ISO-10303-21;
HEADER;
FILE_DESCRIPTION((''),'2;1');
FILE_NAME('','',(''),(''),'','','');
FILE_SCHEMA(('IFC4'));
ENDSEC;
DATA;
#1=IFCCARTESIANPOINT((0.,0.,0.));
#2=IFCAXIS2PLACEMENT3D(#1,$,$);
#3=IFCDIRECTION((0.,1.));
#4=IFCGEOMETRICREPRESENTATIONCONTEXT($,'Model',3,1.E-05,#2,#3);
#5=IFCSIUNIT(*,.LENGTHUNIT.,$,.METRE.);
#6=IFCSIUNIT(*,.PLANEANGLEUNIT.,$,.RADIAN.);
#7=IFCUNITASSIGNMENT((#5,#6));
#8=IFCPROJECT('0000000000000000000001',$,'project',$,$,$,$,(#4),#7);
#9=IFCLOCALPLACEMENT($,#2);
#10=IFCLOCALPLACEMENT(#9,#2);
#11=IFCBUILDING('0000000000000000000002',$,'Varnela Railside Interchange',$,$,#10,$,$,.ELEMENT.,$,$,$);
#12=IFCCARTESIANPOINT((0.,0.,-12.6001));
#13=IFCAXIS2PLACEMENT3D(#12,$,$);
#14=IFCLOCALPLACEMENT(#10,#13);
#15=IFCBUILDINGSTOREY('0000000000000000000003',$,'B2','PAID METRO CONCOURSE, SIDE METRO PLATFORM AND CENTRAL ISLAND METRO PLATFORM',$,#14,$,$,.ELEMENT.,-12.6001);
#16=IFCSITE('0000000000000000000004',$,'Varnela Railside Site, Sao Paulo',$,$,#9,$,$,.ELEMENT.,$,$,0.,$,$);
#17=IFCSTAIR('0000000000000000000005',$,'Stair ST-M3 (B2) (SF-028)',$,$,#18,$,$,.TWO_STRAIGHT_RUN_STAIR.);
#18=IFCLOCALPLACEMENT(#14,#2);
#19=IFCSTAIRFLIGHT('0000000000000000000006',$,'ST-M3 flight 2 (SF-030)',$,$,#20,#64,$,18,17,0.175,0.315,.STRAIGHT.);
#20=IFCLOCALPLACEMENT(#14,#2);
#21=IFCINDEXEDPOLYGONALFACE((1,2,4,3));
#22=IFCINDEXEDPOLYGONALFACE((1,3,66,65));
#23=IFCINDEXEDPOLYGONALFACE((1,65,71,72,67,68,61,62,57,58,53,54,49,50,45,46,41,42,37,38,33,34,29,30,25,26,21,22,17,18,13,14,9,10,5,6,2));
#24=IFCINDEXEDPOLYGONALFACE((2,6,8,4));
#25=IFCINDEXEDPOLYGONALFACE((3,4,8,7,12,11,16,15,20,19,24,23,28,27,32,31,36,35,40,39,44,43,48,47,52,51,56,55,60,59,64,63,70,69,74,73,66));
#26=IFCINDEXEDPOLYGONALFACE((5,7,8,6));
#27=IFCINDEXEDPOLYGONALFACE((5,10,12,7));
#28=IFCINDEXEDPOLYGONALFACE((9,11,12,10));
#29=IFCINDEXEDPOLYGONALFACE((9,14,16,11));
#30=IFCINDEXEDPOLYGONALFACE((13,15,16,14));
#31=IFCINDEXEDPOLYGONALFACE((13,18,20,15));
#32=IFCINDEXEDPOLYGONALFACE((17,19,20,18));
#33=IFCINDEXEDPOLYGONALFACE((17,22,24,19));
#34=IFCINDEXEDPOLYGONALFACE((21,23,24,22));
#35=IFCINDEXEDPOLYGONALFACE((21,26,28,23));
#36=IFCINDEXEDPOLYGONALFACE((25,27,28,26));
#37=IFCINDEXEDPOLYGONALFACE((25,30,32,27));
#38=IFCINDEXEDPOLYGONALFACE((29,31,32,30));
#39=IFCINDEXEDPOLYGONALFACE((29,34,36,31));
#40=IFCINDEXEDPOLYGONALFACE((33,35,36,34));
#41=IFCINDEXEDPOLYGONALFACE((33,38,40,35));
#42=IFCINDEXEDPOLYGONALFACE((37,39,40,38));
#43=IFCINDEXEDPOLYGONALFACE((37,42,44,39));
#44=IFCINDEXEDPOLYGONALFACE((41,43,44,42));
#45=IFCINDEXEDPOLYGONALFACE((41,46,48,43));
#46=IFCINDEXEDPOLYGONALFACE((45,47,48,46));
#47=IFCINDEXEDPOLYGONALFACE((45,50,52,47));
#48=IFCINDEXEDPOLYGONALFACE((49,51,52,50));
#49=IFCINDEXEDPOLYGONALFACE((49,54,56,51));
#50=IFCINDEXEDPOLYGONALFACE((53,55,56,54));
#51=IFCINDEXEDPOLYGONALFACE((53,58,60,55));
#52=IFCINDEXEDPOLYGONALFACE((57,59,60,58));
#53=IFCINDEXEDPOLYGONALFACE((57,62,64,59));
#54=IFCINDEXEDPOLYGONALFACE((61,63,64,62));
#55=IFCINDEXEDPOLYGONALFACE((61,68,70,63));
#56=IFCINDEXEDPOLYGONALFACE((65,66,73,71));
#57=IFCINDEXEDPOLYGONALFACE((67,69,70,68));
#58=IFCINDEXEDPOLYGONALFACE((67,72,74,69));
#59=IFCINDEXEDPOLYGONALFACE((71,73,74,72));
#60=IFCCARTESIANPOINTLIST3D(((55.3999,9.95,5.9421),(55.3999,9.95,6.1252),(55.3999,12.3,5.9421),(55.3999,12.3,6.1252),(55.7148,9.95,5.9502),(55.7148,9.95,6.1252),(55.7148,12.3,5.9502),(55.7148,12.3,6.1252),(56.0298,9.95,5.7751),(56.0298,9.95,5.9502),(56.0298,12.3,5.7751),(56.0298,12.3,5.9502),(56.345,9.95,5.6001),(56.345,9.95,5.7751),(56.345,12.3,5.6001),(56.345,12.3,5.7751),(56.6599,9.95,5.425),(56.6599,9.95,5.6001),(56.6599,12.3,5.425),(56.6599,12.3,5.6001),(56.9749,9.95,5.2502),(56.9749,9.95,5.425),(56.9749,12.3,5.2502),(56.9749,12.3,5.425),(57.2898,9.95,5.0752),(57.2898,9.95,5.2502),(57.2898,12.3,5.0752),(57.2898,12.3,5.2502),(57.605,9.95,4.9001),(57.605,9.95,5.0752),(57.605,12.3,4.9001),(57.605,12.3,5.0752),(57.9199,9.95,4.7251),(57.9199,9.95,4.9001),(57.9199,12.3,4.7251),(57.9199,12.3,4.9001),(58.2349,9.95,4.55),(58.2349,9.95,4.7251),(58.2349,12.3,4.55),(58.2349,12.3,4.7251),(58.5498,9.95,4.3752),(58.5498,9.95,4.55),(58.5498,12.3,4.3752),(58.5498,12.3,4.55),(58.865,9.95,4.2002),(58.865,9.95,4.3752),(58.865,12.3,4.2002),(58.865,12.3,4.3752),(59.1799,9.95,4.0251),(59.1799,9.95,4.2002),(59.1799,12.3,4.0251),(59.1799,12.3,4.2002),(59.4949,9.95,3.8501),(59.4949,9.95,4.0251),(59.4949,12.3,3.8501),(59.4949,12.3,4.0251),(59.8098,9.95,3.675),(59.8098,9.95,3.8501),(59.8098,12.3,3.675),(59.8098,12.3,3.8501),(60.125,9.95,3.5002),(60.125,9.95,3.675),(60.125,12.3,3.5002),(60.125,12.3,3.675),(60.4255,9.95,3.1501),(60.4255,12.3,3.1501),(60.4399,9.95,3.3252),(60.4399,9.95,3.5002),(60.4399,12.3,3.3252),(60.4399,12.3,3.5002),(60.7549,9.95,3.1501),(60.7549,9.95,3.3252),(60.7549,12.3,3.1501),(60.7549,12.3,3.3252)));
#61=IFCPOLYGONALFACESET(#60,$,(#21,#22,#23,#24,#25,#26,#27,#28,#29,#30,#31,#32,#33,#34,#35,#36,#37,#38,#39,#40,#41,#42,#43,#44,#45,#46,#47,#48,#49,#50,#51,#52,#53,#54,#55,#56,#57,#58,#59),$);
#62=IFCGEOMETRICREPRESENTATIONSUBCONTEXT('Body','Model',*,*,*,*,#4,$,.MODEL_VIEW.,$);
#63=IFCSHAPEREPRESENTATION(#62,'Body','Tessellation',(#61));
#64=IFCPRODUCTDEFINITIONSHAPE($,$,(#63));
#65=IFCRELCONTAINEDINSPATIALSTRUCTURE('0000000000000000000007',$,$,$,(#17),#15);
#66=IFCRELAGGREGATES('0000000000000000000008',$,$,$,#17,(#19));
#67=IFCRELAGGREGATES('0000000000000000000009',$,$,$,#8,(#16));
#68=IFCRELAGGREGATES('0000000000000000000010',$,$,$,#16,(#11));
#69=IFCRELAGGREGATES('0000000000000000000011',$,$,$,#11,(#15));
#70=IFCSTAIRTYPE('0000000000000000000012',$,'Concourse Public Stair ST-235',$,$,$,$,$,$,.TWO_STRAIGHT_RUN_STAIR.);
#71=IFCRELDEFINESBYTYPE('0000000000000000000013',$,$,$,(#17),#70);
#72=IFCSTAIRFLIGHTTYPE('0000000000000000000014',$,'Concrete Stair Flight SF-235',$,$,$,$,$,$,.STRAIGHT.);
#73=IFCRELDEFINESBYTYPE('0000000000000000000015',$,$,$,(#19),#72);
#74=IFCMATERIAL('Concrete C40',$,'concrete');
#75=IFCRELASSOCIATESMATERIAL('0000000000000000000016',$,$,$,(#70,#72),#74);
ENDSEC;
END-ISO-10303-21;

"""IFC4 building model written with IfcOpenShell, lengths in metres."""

from ifc_helpers import new_model, si_unit, direction, frame, origin, place, context, subcontext, project, spatial, polyline, outline, extrude, material, type_object, element, aggregate, save


model = new_model("IFC4")

# Units and contexts
model_context = context("Model", 3, precision=1e-05, world=origin(), true_north=direction((0.0, 1.0)))
body_context = subcontext(model_context, "Body", "Model", "MODEL_VIEW")
ifc_project = project(units=[si_unit("LENGTHUNIT", "METRE"), si_unit("PLANEANGLEUNIT", "RADIAN")], contexts=[model_context])

# Site, building, storey
site_placement = place(None, origin())
site = spatial("IfcSite", under=ifc_project, at=site_placement, Name="Varnela Railside Site, Sao Paulo", CompositionType="ELEMENT", RefElevation=0.0)
building_placement = place(site_placement, origin())
building = spatial("IfcBuilding", under=site, at=building_placement, Name="Varnela Railside Interchange", CompositionType="ELEMENT")
storey_placement = place(building_placement, frame((0.0, 0.0, -12.6001)))
storey = spatial("IfcBuildingStorey", under=building, at=storey_placement, Name="B2", Description="PAID METRO CONCOURSE, SIDE METRO PLATFORM AND CENTRAL ISLAND METRO PLATFORM", CompositionType="ELEMENT", Elevation=-12.6001)

# Shared definitions
ifc_material_1 = material(Name="Concrete C40", Category="concrete")

# Stair, stair flight
stair_type = type_object("IfcStairType", Name="Concourse Public Stair ST-235", PredefinedType="TWO_STRAIGHT_RUN_STAIR", material=ifc_material_1)
stair_placement = place(storey_placement, origin())
stair = element("IfcStair", 1, at=stair_placement, inside=storey, type_object=stair_type, Name="Stair ST-M3 (B2) (SF-028)", PredefinedType="TWO_STRAIGHT_RUN_STAIR")
stair_flight_type = type_object("IfcStairFlightType", Name="Concrete Stair Flight SF-235", PredefinedType="STRAIGHT", material=ifc_material_1)
stair_flight_placement = place(storey_placement, frame((60.7549, 11.125, 3.1501), z_axis=(0.0, 0.0, 1.0), x_axis=(-1.0, 0.0, 0.0)))
stair_flight = element("IfcStairFlight", 2, at=stair_flight_placement, type_object=stair_flight_type, Name="ST-M3 flight 2 (SF-030)", NumberOfRisers=18, NumberOfTreads=17, PredefinedType="STRAIGHT", RiserHeight=0.175, TreadLength=0.315, context=body_context, shape_type="SweptSolid", body=[
    extrude(outline(polyline([(0.0, 0.0), (0.0, 0.175), (0.3149, 0.175), (0.3149, 0.3501), (0.6299, 0.3501), (0.6299, 0.5249), (0.9451, 0.5249), (0.9451, 0.7), (1.26, 0.7), (1.26, 0.875), (1.575, 0.875), (1.575, 1.05), (1.8899, 1.05), (1.8899, 1.2251), (2.2051, 1.2251), (2.2051, 1.3999), (2.52, 1.3999), (2.52, 1.575), (2.835, 1.575), (2.835, 1.75), (3.1499, 1.75), (3.1499, 1.925), (3.4651, 1.925), (3.4651, 2.1001), (3.78, 2.1001), (3.78, 2.2749), (4.095, 2.2749), (4.095, 2.45), (4.4099, 2.45), (4.4099, 2.625), (4.7251, 2.625), (4.7251, 2.8), (5.04, 2.8), (5.04, 2.9751), (5.355, 2.9751), (5.355, 3.1499), (5.355, 2.792), (0.3293, 0.0), (0.0, 0.0)])), frame((0.0, 1.175, 0.0), z_axis=(0.0, -1.0, 0.0), x_axis=(1.0, 0.0, 0.0)), (0.0, 0.0, 1.0), 2.3501),
])
aggregate(stair, [stair_flight])

save(model, "model.ifc")
